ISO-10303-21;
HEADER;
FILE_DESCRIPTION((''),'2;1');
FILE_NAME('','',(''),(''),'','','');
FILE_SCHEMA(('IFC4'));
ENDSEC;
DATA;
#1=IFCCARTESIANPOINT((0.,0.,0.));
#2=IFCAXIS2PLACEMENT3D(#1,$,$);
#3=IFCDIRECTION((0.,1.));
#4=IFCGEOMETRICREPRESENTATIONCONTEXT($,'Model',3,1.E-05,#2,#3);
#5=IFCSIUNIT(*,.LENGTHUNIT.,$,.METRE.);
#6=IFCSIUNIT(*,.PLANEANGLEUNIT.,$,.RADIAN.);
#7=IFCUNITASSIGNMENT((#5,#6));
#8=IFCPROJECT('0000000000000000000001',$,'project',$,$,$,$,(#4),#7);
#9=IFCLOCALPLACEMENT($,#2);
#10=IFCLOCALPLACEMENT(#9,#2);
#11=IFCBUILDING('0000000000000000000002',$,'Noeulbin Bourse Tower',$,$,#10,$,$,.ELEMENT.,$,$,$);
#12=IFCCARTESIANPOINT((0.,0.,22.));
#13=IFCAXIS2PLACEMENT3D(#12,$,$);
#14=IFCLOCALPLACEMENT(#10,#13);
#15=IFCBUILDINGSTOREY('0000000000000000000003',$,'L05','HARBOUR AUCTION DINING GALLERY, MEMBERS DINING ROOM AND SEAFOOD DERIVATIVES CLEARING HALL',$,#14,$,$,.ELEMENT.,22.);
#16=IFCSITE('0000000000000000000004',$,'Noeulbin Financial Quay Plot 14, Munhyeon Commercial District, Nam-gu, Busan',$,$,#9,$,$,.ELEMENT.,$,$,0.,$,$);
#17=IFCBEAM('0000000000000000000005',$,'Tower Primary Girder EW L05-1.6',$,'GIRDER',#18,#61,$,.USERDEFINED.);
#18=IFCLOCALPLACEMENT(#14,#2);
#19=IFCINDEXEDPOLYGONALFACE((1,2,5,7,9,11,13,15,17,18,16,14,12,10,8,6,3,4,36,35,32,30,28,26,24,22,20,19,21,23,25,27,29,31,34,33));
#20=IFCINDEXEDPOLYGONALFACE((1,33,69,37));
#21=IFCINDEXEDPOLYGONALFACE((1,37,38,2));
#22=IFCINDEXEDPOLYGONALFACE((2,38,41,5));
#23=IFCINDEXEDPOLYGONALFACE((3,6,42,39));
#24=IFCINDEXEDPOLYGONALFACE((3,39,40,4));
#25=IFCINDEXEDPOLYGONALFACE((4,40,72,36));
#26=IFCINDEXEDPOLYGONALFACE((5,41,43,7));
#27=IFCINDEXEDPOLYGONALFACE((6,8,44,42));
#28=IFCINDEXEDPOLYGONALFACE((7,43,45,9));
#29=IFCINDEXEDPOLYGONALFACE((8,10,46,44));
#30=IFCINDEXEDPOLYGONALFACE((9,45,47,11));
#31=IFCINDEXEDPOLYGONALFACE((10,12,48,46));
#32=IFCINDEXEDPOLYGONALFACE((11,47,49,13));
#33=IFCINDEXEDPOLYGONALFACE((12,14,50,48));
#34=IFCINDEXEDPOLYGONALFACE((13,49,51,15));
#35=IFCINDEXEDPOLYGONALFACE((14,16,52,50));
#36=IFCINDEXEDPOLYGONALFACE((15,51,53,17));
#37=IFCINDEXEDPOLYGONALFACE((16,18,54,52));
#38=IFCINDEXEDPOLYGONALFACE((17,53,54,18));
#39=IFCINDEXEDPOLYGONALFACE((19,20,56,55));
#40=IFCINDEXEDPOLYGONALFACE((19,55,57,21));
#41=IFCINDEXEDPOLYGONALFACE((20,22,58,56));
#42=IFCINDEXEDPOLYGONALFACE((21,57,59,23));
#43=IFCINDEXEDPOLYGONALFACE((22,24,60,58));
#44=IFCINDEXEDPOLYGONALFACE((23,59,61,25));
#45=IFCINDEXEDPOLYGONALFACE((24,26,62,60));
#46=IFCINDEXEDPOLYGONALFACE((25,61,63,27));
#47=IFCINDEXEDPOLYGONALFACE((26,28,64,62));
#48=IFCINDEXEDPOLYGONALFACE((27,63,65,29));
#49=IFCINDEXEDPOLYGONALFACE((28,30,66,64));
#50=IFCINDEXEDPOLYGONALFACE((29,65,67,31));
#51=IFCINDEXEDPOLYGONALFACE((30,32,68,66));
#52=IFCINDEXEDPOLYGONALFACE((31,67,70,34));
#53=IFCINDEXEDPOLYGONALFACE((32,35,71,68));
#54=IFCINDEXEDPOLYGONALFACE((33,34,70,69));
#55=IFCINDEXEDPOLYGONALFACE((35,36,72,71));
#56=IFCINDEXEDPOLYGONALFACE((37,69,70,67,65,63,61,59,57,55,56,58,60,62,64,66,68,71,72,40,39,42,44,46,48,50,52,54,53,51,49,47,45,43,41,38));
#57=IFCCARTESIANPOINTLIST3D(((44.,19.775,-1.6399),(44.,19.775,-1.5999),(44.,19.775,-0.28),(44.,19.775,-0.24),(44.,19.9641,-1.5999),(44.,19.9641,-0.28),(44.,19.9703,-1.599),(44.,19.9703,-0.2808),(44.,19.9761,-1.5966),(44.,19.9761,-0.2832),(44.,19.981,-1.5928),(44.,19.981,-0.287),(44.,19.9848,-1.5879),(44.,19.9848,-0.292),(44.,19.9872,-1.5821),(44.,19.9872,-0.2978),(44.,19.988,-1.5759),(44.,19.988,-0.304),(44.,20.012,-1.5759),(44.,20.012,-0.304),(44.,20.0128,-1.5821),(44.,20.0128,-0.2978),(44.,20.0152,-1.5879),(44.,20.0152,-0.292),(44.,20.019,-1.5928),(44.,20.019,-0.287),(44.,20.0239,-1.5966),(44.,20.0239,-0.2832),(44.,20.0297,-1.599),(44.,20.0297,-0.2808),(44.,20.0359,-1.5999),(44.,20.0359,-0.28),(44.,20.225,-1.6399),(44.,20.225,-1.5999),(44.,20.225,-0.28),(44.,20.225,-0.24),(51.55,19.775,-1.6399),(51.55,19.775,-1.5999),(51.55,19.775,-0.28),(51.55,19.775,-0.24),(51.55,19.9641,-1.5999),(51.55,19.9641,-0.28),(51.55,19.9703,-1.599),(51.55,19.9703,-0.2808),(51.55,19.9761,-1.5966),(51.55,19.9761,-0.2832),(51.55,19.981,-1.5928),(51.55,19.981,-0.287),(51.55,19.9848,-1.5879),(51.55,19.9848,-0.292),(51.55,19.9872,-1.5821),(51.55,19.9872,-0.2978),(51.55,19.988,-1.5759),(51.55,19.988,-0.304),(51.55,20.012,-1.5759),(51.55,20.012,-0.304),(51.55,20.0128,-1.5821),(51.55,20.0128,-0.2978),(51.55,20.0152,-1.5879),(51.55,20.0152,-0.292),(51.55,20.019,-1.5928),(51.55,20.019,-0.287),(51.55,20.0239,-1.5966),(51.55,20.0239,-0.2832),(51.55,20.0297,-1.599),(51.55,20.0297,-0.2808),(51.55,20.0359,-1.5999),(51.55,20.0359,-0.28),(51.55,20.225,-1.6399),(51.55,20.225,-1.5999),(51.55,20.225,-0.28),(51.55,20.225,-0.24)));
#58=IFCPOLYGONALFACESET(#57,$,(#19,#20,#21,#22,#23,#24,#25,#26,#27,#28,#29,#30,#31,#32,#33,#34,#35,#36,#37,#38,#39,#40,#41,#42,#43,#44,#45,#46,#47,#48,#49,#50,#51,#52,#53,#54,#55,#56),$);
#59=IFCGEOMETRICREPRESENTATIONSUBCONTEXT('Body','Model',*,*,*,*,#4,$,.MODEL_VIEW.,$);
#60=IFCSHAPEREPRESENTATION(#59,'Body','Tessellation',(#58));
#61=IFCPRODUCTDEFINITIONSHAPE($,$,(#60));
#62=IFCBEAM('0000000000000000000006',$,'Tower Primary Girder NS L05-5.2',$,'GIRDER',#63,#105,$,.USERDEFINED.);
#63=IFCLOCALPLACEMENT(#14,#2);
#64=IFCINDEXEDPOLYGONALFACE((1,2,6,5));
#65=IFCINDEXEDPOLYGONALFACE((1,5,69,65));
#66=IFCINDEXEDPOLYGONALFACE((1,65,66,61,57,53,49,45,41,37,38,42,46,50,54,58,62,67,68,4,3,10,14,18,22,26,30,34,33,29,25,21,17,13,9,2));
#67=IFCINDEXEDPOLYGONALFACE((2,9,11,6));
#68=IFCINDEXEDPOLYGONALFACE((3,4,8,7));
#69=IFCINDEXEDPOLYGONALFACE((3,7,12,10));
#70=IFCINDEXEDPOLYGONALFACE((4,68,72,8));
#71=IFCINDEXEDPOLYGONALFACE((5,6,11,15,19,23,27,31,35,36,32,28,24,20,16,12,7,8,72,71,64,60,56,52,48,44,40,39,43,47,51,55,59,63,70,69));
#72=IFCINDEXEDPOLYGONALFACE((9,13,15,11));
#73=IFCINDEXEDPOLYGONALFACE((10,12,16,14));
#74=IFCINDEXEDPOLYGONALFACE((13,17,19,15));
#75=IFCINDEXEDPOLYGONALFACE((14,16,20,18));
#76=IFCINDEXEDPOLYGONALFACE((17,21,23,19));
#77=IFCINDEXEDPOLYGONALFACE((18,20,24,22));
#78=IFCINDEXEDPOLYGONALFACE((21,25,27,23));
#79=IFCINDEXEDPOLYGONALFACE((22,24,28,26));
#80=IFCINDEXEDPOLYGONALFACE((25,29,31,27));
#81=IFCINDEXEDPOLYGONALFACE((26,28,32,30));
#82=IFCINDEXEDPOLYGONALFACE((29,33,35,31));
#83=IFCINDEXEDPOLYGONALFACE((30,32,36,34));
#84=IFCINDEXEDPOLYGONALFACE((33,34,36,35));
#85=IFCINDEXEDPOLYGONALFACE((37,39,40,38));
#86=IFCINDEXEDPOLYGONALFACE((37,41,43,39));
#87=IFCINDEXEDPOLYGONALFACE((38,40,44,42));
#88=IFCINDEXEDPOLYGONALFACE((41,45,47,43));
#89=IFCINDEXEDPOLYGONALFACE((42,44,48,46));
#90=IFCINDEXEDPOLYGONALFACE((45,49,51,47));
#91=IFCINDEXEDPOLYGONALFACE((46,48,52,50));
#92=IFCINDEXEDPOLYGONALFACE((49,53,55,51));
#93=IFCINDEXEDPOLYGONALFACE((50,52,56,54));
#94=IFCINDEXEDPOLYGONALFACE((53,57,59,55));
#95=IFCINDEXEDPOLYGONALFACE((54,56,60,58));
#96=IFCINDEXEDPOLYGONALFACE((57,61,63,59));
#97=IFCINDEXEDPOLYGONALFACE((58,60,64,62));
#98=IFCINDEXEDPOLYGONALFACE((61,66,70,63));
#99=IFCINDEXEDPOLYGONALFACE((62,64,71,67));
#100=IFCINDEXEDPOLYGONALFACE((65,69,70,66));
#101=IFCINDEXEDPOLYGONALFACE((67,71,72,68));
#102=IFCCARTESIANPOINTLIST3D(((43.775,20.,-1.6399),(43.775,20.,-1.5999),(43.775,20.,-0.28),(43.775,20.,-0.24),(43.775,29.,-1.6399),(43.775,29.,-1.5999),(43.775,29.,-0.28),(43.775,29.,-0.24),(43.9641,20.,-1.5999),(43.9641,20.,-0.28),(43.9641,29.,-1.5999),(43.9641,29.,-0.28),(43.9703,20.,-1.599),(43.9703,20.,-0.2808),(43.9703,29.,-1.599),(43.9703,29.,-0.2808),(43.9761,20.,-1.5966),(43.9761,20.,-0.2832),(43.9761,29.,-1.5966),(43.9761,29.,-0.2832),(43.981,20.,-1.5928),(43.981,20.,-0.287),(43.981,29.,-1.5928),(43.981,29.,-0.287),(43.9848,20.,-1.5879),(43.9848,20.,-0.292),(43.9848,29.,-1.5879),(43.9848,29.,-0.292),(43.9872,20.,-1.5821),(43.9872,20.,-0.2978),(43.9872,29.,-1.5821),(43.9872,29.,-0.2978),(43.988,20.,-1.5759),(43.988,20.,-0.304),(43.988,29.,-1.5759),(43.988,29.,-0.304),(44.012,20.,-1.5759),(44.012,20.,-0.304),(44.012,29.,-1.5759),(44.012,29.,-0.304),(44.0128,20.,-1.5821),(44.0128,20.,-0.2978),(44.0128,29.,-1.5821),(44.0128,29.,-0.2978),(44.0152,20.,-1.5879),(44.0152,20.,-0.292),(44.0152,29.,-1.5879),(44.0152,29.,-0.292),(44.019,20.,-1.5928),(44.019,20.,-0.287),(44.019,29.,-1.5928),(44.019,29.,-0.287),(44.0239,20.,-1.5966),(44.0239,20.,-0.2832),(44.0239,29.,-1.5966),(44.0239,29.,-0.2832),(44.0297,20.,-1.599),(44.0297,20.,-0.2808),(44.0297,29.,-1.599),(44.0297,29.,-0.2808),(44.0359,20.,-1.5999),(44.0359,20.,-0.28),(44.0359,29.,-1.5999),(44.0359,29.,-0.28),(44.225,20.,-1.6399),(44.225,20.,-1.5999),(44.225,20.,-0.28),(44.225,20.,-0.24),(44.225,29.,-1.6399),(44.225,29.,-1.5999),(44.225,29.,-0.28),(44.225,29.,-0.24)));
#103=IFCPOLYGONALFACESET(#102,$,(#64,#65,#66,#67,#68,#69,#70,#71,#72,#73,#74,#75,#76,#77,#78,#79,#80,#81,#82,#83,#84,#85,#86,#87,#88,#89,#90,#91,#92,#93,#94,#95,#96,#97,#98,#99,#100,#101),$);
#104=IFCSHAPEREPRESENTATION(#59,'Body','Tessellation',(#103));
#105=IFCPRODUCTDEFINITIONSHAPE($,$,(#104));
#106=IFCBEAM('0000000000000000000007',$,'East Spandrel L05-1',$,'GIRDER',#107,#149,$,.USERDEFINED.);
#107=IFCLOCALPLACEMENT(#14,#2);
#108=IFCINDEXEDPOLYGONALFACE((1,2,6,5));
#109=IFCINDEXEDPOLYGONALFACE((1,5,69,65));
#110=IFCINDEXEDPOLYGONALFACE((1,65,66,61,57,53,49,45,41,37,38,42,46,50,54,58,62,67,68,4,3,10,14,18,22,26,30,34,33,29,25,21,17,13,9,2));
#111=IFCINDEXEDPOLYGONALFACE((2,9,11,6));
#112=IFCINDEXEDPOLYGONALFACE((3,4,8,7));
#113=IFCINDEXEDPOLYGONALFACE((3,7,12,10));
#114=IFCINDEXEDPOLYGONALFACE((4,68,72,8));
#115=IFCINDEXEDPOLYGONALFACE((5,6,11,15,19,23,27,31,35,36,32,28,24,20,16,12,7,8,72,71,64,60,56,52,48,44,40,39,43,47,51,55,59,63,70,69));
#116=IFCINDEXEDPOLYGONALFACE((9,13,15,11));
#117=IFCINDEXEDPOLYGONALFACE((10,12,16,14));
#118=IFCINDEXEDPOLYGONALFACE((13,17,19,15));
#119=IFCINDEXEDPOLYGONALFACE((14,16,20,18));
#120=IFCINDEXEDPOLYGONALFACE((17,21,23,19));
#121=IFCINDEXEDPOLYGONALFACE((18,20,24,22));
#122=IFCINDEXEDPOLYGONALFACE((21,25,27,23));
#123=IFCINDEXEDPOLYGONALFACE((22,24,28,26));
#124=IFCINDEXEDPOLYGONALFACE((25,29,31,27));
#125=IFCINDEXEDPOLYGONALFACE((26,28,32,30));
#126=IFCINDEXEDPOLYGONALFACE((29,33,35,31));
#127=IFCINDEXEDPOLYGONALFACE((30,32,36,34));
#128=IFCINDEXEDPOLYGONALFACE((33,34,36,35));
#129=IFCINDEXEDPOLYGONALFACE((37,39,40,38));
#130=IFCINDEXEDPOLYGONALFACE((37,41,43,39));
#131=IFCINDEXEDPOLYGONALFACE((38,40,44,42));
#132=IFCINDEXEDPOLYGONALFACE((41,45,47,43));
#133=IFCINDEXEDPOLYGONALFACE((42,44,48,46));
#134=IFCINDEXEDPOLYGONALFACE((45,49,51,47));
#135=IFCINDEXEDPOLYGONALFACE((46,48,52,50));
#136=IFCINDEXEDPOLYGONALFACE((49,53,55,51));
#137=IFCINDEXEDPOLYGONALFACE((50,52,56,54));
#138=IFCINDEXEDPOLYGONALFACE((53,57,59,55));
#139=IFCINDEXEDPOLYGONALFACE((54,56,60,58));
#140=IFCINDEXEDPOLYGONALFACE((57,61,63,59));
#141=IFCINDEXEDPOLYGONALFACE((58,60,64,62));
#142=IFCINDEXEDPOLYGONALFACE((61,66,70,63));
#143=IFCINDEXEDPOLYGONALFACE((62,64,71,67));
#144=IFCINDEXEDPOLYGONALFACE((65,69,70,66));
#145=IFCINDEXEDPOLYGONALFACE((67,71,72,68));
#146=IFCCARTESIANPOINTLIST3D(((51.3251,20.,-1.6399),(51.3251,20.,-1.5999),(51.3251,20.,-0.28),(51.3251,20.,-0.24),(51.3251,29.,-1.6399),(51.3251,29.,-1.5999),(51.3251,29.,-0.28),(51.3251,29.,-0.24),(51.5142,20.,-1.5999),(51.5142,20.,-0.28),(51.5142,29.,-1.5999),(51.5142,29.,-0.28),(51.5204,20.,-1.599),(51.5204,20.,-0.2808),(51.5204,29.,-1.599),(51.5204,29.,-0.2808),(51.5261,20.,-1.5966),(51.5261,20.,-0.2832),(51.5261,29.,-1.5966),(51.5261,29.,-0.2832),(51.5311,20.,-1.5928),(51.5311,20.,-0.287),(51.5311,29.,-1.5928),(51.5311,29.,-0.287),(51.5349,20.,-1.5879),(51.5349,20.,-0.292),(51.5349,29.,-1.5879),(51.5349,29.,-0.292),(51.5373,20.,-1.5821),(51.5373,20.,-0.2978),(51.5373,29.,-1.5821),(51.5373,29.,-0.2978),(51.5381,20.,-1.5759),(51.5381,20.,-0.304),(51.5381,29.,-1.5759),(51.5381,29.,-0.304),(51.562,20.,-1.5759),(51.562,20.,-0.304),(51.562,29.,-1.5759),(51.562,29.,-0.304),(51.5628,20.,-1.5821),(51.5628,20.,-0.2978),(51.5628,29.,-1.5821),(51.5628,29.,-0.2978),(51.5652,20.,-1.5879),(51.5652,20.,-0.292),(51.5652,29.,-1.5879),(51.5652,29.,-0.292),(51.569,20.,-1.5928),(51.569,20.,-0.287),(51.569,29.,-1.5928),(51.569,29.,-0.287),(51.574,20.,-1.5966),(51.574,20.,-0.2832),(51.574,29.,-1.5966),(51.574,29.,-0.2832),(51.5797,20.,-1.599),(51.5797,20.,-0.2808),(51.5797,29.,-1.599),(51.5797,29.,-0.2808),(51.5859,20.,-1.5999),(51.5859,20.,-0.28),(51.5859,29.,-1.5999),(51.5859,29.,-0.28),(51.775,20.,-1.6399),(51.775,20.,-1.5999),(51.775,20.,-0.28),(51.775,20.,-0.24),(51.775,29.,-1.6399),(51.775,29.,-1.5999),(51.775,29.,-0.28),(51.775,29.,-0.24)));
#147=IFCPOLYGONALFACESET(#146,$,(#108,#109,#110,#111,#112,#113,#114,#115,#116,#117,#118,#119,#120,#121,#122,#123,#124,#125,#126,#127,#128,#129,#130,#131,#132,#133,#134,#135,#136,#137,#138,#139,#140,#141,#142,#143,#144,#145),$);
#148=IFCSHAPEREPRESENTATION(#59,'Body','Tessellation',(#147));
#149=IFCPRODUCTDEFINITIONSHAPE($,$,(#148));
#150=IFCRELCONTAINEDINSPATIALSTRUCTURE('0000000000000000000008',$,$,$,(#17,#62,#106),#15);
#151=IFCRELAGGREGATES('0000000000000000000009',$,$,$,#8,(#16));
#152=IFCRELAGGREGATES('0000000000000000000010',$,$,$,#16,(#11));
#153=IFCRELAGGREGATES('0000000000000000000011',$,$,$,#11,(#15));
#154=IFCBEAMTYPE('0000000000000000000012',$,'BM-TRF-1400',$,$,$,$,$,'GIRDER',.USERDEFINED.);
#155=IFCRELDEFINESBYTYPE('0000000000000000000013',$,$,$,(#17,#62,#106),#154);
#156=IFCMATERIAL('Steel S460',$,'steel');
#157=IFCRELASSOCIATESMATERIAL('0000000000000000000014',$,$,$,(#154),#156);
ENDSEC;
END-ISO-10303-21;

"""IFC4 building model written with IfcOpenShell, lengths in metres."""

from ifc_helpers import new_model, si_unit, direction, frame, origin, origin_2d, place, context, subcontext, project, spatial, i_section, extrude, material, material_profile, profile_set, type_object, element, save


model = new_model("IFC4")

# Units and contexts
model_context = context("Model", 3, precision=1e-05, world=origin(), true_north=direction((0.0, 1.0)))
body_context = subcontext(model_context, "Body", "Model", "MODEL_VIEW")
ifc_project = project(units=[si_unit("LENGTHUNIT", "METRE"), si_unit("PLANEANGLEUNIT", "RADIAN")], contexts=[model_context])

# Site, building, storey
site_placement = place(None, origin())
site = spatial("IfcSite", under=ifc_project, at=site_placement, Name="Noeulbin Financial Quay Plot 14, Munhyeon Commercial District, Nam-gu, Busan", CompositionType="ELEMENT", RefElevation=0.0)
building_placement = place(site_placement, origin())
building = spatial("IfcBuilding", under=site, at=building_placement, Name="Noeulbin Bourse Tower", CompositionType="ELEMENT")
storey_placement = place(building_placement, frame((0.0, 0.0, 22.0)))
storey = spatial("IfcBuildingStorey", under=building, at=storey_placement, Name="L05", Description="HARBOUR AUCTION DINING GALLERY, MEMBERS DINING ROOM AND SEAFOOD DERIVATIVES CLEARING HALL", CompositionType="ELEMENT", Elevation=22.0)

# Shared definitions
ifc_material_1 = material(Name="Steel S460", Category="steel")

# Beams
ifc_material_profile_1 = material_profile(ifc_material_1, i_section(OverallWidth=0.45, OverallDepth=1.3999, WebThickness=0.0239, FlangeThickness=0.04, FilletRadius=0.0239, at=origin_2d()), Name="PG-1400x450x24x40", Category="LoadBearing")
ifc_profile_set_1 = profile_set([ifc_material_profile_1], Name="Steel S460")
beam_type_1 = type_object("IfcBeamType", Name="BM-TRF-1400", ElementType="GIRDER", PredefinedType="USERDEFINED", material=ifc_profile_set_1)
beam_placement = place(storey_placement, frame((44.0, 20.0, -0.9399), z_axis=(1.0, 0.0, 0.0), x_axis=(0.0, 1.0, 0.0)))
element("IfcBeam", 1, at=beam_placement, inside=storey, type_object=beam_type_1, Name="Tower Primary Girder EW L05-1.6", ObjectType="GIRDER", PredefinedType="USERDEFINED", context=body_context, shape_type="SweptSolid", body=[
    extrude(i_section(OverallWidth=0.45, OverallDepth=1.3999, WebThickness=0.0239, FlangeThickness=0.04, FilletRadius=0.0239, at=origin_2d()), origin(), (0.0, 0.0, 1.0), 7.55),
])
for number, where, z_axis, x_axis, name in (
    (2, (44.0, 20.0, -0.9399), (0.0, 1.0, 0.0), (-1.0, 0.0, 0.0), "Tower Primary Girder NS L05-5.2"),
    (3, (51.55, 20.0, -0.9399), (0.0, 1.0, 0.0), (-1.0, 0.0, 0.0), "East Spandrel L05-1"),
):
    element("IfcBeam", number, at=place(storey_placement, frame(where, z_axis=z_axis, x_axis=x_axis)), inside=storey, type_object=beam_type_1, Name=name, ObjectType="GIRDER", PredefinedType="USERDEFINED", context=body_context, shape_type="SweptSolid", body=[
        extrude(i_section(OverallWidth=0.45, OverallDepth=1.3999, WebThickness=0.0239, FlangeThickness=0.04, FilletRadius=0.0239, at=origin_2d()), origin(), (0.0, 0.0, 1.0), 9.0),
    ])

save(model, "model.ifc")
